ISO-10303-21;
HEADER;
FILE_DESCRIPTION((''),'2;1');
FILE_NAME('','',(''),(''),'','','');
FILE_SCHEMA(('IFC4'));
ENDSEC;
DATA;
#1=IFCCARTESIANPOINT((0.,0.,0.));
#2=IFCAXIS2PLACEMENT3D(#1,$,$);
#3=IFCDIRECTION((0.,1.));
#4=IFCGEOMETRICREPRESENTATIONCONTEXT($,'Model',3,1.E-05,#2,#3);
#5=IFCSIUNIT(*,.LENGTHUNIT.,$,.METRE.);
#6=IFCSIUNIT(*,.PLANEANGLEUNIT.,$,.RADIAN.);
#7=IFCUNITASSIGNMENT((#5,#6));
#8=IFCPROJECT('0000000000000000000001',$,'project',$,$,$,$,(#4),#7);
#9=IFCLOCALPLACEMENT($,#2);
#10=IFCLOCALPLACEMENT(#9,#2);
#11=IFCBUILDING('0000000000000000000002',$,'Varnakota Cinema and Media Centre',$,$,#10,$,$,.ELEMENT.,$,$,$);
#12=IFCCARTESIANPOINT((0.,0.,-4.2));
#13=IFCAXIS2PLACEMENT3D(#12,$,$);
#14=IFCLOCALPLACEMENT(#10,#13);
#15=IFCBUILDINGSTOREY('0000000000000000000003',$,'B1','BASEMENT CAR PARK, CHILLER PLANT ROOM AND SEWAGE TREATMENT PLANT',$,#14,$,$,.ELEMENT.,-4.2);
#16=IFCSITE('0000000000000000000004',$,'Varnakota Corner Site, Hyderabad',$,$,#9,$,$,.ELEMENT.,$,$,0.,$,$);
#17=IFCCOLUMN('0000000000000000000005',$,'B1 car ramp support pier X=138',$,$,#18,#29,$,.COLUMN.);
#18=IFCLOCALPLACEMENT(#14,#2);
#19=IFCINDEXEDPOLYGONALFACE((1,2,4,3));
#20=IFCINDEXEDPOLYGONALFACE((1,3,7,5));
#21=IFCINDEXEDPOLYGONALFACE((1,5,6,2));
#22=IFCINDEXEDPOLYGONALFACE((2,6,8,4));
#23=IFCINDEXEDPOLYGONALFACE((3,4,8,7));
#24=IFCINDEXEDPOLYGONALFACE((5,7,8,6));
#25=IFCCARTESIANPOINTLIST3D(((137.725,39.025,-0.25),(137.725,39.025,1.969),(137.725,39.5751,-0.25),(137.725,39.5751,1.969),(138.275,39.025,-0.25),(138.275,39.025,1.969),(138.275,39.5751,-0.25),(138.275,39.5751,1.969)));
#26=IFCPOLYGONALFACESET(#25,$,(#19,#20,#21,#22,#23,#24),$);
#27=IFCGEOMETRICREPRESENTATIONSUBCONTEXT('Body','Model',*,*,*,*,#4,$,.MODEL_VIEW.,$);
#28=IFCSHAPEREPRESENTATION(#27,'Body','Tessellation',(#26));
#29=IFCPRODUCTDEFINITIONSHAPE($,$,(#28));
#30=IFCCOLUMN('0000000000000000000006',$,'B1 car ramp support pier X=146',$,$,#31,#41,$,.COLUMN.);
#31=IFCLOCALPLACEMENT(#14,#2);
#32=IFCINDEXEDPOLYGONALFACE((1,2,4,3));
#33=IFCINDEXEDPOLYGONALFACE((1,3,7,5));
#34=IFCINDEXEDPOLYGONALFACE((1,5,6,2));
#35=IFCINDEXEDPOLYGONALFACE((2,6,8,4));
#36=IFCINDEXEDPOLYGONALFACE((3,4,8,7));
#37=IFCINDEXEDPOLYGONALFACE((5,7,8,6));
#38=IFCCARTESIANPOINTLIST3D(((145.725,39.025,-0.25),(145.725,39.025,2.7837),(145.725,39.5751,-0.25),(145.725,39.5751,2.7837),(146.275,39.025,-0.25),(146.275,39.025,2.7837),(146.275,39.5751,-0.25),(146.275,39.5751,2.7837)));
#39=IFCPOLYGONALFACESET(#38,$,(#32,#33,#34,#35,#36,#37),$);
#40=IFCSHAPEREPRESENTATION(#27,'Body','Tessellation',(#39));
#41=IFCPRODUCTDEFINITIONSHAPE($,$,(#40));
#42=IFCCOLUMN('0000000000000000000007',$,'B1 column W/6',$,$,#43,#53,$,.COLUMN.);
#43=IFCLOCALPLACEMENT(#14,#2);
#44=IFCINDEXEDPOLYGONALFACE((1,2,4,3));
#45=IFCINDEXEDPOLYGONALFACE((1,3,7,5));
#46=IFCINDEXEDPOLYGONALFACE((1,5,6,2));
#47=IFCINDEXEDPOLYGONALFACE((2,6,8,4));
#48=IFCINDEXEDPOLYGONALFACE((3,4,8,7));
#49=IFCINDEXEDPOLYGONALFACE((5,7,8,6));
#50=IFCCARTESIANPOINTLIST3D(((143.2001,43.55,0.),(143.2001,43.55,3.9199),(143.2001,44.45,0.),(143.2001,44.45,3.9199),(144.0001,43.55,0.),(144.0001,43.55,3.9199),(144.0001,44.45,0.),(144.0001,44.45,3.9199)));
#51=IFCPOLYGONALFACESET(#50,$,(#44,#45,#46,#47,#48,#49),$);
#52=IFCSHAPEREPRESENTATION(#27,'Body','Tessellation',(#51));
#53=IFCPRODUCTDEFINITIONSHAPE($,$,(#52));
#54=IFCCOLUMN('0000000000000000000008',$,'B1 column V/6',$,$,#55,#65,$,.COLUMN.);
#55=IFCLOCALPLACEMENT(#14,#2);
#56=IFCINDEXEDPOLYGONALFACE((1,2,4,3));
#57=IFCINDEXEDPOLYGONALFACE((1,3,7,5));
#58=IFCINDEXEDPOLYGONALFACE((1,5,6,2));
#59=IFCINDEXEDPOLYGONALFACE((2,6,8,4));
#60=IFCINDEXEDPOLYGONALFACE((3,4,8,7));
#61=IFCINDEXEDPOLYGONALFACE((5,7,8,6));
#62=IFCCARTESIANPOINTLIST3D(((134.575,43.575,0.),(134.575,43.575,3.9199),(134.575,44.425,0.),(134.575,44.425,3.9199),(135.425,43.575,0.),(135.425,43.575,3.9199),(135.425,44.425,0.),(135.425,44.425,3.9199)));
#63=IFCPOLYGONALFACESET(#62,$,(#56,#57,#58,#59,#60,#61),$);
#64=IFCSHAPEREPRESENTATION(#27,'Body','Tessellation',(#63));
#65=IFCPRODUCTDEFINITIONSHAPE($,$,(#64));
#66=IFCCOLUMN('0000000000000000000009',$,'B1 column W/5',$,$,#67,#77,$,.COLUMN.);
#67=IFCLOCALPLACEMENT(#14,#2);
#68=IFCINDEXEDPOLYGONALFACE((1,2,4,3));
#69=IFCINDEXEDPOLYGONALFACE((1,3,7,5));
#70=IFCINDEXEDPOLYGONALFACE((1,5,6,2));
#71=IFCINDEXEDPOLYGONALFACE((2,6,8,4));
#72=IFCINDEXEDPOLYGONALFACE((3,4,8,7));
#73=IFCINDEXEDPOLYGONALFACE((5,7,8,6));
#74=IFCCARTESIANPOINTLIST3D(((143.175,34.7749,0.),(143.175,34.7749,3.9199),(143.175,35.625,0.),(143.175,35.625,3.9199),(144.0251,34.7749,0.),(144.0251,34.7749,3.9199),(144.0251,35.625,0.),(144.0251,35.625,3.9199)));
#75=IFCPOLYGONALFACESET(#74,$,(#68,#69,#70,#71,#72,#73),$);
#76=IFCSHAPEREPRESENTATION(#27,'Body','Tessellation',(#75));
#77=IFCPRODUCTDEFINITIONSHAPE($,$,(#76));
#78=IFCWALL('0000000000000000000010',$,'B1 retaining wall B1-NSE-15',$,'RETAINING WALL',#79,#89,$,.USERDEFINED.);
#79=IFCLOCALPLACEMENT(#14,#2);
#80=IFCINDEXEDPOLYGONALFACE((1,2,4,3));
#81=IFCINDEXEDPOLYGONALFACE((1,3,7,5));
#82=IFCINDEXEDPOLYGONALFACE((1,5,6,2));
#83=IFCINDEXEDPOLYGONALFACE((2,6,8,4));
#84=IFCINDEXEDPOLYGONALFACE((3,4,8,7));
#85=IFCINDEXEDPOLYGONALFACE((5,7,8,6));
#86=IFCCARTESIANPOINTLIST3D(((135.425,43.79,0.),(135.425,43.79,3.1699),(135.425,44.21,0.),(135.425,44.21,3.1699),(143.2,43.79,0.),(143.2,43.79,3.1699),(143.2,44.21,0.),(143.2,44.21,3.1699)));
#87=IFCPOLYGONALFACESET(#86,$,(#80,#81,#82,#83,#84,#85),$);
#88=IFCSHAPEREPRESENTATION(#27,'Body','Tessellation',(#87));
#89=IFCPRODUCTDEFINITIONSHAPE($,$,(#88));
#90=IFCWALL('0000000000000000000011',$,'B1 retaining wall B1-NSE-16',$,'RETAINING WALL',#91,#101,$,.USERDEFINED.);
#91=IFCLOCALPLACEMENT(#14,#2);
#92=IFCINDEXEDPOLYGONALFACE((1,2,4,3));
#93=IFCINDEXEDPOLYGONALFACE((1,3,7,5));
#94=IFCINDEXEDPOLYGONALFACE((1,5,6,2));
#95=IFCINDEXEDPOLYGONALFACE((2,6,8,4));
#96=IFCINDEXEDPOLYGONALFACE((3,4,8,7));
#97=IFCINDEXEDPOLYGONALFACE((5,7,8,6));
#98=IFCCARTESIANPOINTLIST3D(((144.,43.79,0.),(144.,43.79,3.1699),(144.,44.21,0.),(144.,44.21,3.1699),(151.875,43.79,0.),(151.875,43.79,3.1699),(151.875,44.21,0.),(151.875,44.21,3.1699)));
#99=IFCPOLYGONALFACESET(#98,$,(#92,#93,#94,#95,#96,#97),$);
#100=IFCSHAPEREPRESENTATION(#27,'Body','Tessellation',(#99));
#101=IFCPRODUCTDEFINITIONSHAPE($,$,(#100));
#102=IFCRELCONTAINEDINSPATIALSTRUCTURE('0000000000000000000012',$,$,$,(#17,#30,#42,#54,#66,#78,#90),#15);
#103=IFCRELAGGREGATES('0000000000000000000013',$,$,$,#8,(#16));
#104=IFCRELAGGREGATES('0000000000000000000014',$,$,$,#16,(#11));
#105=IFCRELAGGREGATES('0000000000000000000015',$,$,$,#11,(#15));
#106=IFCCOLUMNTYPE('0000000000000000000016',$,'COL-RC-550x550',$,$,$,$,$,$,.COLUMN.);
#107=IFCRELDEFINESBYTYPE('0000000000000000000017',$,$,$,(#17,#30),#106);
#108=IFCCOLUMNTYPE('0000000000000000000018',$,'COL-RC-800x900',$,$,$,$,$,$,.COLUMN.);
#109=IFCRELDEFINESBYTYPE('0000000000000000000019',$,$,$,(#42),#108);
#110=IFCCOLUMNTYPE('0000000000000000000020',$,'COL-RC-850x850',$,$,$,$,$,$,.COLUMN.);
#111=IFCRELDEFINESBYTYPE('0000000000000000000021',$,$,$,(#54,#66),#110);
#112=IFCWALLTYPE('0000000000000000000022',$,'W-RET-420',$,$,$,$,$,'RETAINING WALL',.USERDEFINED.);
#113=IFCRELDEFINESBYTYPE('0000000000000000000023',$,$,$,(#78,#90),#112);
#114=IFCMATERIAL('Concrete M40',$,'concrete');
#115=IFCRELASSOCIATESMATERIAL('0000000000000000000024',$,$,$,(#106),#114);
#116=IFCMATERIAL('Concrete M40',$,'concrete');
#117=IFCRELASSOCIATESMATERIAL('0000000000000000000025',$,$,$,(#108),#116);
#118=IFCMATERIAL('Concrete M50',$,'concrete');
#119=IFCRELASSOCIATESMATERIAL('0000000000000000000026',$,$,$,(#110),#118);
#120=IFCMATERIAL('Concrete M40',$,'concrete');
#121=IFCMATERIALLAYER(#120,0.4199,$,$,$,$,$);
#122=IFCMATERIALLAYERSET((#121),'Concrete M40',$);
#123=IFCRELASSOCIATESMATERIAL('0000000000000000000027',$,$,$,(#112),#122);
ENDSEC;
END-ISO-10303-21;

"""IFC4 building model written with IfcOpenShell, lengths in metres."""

from ifc_helpers import new_model, si_unit, direction, frame, frame_2d, origin, origin_2d, place, context, subcontext, project, spatial, rectangle, extrude, material, layer, layer_set, material_profile, profile_set, type_object, element, save


model = new_model("IFC4")

# Units and contexts
model_context = context("Model", 3, precision=1e-05, world=origin(), true_north=direction((0.0, 1.0)))
body_context = subcontext(model_context, "Body", "Model", "MODEL_VIEW")
ifc_project = project(units=[si_unit("LENGTHUNIT", "METRE"), si_unit("PLANEANGLEUNIT", "RADIAN")], contexts=[model_context])

# Site, building, storey
site_placement = place(None, origin())
site = spatial("IfcSite", under=ifc_project, at=site_placement, Name="Varnakota Corner Site, Hyderabad", CompositionType="ELEMENT", RefElevation=0.0)
building_placement = place(site_placement, origin())
building = spatial("IfcBuilding", under=site, at=building_placement, Name="Varnakota Cinema and Media Centre", CompositionType="ELEMENT")
storey_placement = place(building_placement, frame((0.0, 0.0, -4.2)))
storey = spatial("IfcBuildingStorey", under=building, at=storey_placement, Name="B1", Description="BASEMENT CAR PARK, CHILLER PLANT ROOM AND SEWAGE TREATMENT PLANT", CompositionType="ELEMENT", Elevation=-4.2)

# Columns
ifc_material_1 = material(Name="Concrete M40", Category="concrete")
ifc_material_profile_1 = material_profile(ifc_material_1, rectangle(XDim=0.55, YDim=0.55, at=origin_2d()), Name="RC 550x550")
ifc_profile_set_1 = profile_set([ifc_material_profile_1], Name="Concrete M40")
column_type_1 = type_object("IfcColumnType", Name="COL-RC-550x550", PredefinedType="COLUMN", material=ifc_profile_set_1)
column_1_placement = place(storey_placement, frame((138.0, 39.3, -0.25), z_axis=(0.0, 0.0, 1.0), x_axis=(1.0, 0.0, 0.0)))
element("IfcColumn", 1, at=column_1_placement, inside=storey, type_object=column_type_1, Name="B1 car ramp support pier X=138", PredefinedType="COLUMN", context=body_context, shape_type="SweptSolid", body=[
    extrude(rectangle(XDim=0.55, YDim=0.55, at=origin_2d()), origin(), (0.0, 0.0, 1.0), 2.219),
])
column_2_placement = place(storey_placement, frame((146.0, 39.3, -0.25), z_axis=(0.0, 0.0, 1.0), x_axis=(1.0, 0.0, 0.0)))
element("IfcColumn", 2, at=column_2_placement, inside=storey, type_object=column_type_1, Name="B1 car ramp support pier X=146", PredefinedType="COLUMN", context=body_context, shape_type="SweptSolid", body=[
    extrude(rectangle(XDim=0.55, YDim=0.55, at=origin_2d()), origin(), (0.0, 0.0, 1.0), 3.0337),
])
ifc_material_2 = material(Name="Concrete M40", Category="concrete")
ifc_material_profile_2 = material_profile(ifc_material_2, rectangle(XDim=0.8, YDim=0.8999, at=origin_2d()), Name="RC 800x900")
ifc_profile_set_2 = profile_set([ifc_material_profile_2], Name="Concrete M40")
column_type_2 = type_object("IfcColumnType", Name="COL-RC-800x900", PredefinedType="COLUMN", material=ifc_profile_set_2)
column_3_placement = place(storey_placement, frame((143.6001, 44.0, 0.0), z_axis=(0.0, 0.0, 1.0), x_axis=(1.0, 0.0, 0.0)))
element("IfcColumn", 3, at=column_3_placement, inside=storey, type_object=column_type_2, Name="B1 column W/6", PredefinedType="COLUMN", context=body_context, shape_type="SweptSolid", body=[
    extrude(rectangle(XDim=0.8, YDim=0.8999, at=origin_2d()), origin(), (0.0, 0.0, 1.0), 3.9199),
])
ifc_material_3 = material(Name="Concrete M50", Category="concrete")
ifc_material_profile_3 = material_profile(ifc_material_3, rectangle(XDim=0.8501, YDim=0.8501, at=origin_2d()), Name="RC 850x850")
ifc_profile_set_3 = profile_set([ifc_material_profile_3], Name="Concrete M50")
column_type_3 = type_object("IfcColumnType", Name="COL-RC-850x850", PredefinedType="COLUMN", material=ifc_profile_set_3)
for number, where, z_axis, x_axis, name in (
    (4, (135.0, 44.0, 0.0), (0.0, 0.0, 1.0), (1.0, 0.0, 0.0), "B1 column V/6"),
    (5, (143.6001, 35.2, 0.0), (0.0, 0.0, 1.0), (1.0, 0.0, 0.0), "B1 column W/5"),
):
    element("IfcColumn", number, at=place(storey_placement, frame(where, z_axis=z_axis, x_axis=x_axis)), inside=storey, type_object=column_type_3, Name=name, PredefinedType="COLUMN", context=body_context, shape_type="SweptSolid", body=[
        extrude(rectangle(XDim=0.8501, YDim=0.8501, at=origin_2d()), origin(), (0.0, 0.0, 1.0), 3.9199),
    ])

# Walls
ifc_material_4 = material(Name="Concrete M40", Category="concrete")
ifc_layer = layer(ifc_material_4, 0.4199)
ifc_layer_set = layer_set([ifc_layer], Name="Concrete M40")
wall_type = type_object("IfcWallType", Name="W-RET-420", ElementType="RETAINING WALL", PredefinedType="USERDEFINED", material=ifc_layer_set)
wall_1_placement = place(storey_placement, frame((135.425, 44.0, 0.0), z_axis=(0.0, 0.0, 1.0), x_axis=(1.0, 0.0, 0.0)))
element("IfcWall", 6, at=wall_1_placement, inside=storey, type_object=wall_type, Name="B1 retaining wall B1-NSE-15", ObjectType="RETAINING WALL", PredefinedType="USERDEFINED", context=body_context, shape_type="SweptSolid", body=[
    extrude(rectangle(XDim=7.7749, YDim=0.4199, at=frame_2d((3.8875, 0.0))), origin(), (0.0, 0.0, 1.0), 3.1699),
])
wall_2_placement = place(storey_placement, frame((144.0, 44.0, 0.0), z_axis=(0.0, 0.0, 1.0), x_axis=(1.0, 0.0, 0.0)))
element("IfcWall", 7, at=wall_2_placement, inside=storey, type_object=wall_type, Name="B1 retaining wall B1-NSE-16", ObjectType="RETAINING WALL", PredefinedType="USERDEFINED", context=body_context, shape_type="SweptSolid", body=[
    extrude(rectangle(XDim=7.875, YDim=0.4199, at=frame_2d((3.9375, 0.0))), origin(), (0.0, 0.0, 1.0), 3.1699),
])

save(model, "model.ifc")
